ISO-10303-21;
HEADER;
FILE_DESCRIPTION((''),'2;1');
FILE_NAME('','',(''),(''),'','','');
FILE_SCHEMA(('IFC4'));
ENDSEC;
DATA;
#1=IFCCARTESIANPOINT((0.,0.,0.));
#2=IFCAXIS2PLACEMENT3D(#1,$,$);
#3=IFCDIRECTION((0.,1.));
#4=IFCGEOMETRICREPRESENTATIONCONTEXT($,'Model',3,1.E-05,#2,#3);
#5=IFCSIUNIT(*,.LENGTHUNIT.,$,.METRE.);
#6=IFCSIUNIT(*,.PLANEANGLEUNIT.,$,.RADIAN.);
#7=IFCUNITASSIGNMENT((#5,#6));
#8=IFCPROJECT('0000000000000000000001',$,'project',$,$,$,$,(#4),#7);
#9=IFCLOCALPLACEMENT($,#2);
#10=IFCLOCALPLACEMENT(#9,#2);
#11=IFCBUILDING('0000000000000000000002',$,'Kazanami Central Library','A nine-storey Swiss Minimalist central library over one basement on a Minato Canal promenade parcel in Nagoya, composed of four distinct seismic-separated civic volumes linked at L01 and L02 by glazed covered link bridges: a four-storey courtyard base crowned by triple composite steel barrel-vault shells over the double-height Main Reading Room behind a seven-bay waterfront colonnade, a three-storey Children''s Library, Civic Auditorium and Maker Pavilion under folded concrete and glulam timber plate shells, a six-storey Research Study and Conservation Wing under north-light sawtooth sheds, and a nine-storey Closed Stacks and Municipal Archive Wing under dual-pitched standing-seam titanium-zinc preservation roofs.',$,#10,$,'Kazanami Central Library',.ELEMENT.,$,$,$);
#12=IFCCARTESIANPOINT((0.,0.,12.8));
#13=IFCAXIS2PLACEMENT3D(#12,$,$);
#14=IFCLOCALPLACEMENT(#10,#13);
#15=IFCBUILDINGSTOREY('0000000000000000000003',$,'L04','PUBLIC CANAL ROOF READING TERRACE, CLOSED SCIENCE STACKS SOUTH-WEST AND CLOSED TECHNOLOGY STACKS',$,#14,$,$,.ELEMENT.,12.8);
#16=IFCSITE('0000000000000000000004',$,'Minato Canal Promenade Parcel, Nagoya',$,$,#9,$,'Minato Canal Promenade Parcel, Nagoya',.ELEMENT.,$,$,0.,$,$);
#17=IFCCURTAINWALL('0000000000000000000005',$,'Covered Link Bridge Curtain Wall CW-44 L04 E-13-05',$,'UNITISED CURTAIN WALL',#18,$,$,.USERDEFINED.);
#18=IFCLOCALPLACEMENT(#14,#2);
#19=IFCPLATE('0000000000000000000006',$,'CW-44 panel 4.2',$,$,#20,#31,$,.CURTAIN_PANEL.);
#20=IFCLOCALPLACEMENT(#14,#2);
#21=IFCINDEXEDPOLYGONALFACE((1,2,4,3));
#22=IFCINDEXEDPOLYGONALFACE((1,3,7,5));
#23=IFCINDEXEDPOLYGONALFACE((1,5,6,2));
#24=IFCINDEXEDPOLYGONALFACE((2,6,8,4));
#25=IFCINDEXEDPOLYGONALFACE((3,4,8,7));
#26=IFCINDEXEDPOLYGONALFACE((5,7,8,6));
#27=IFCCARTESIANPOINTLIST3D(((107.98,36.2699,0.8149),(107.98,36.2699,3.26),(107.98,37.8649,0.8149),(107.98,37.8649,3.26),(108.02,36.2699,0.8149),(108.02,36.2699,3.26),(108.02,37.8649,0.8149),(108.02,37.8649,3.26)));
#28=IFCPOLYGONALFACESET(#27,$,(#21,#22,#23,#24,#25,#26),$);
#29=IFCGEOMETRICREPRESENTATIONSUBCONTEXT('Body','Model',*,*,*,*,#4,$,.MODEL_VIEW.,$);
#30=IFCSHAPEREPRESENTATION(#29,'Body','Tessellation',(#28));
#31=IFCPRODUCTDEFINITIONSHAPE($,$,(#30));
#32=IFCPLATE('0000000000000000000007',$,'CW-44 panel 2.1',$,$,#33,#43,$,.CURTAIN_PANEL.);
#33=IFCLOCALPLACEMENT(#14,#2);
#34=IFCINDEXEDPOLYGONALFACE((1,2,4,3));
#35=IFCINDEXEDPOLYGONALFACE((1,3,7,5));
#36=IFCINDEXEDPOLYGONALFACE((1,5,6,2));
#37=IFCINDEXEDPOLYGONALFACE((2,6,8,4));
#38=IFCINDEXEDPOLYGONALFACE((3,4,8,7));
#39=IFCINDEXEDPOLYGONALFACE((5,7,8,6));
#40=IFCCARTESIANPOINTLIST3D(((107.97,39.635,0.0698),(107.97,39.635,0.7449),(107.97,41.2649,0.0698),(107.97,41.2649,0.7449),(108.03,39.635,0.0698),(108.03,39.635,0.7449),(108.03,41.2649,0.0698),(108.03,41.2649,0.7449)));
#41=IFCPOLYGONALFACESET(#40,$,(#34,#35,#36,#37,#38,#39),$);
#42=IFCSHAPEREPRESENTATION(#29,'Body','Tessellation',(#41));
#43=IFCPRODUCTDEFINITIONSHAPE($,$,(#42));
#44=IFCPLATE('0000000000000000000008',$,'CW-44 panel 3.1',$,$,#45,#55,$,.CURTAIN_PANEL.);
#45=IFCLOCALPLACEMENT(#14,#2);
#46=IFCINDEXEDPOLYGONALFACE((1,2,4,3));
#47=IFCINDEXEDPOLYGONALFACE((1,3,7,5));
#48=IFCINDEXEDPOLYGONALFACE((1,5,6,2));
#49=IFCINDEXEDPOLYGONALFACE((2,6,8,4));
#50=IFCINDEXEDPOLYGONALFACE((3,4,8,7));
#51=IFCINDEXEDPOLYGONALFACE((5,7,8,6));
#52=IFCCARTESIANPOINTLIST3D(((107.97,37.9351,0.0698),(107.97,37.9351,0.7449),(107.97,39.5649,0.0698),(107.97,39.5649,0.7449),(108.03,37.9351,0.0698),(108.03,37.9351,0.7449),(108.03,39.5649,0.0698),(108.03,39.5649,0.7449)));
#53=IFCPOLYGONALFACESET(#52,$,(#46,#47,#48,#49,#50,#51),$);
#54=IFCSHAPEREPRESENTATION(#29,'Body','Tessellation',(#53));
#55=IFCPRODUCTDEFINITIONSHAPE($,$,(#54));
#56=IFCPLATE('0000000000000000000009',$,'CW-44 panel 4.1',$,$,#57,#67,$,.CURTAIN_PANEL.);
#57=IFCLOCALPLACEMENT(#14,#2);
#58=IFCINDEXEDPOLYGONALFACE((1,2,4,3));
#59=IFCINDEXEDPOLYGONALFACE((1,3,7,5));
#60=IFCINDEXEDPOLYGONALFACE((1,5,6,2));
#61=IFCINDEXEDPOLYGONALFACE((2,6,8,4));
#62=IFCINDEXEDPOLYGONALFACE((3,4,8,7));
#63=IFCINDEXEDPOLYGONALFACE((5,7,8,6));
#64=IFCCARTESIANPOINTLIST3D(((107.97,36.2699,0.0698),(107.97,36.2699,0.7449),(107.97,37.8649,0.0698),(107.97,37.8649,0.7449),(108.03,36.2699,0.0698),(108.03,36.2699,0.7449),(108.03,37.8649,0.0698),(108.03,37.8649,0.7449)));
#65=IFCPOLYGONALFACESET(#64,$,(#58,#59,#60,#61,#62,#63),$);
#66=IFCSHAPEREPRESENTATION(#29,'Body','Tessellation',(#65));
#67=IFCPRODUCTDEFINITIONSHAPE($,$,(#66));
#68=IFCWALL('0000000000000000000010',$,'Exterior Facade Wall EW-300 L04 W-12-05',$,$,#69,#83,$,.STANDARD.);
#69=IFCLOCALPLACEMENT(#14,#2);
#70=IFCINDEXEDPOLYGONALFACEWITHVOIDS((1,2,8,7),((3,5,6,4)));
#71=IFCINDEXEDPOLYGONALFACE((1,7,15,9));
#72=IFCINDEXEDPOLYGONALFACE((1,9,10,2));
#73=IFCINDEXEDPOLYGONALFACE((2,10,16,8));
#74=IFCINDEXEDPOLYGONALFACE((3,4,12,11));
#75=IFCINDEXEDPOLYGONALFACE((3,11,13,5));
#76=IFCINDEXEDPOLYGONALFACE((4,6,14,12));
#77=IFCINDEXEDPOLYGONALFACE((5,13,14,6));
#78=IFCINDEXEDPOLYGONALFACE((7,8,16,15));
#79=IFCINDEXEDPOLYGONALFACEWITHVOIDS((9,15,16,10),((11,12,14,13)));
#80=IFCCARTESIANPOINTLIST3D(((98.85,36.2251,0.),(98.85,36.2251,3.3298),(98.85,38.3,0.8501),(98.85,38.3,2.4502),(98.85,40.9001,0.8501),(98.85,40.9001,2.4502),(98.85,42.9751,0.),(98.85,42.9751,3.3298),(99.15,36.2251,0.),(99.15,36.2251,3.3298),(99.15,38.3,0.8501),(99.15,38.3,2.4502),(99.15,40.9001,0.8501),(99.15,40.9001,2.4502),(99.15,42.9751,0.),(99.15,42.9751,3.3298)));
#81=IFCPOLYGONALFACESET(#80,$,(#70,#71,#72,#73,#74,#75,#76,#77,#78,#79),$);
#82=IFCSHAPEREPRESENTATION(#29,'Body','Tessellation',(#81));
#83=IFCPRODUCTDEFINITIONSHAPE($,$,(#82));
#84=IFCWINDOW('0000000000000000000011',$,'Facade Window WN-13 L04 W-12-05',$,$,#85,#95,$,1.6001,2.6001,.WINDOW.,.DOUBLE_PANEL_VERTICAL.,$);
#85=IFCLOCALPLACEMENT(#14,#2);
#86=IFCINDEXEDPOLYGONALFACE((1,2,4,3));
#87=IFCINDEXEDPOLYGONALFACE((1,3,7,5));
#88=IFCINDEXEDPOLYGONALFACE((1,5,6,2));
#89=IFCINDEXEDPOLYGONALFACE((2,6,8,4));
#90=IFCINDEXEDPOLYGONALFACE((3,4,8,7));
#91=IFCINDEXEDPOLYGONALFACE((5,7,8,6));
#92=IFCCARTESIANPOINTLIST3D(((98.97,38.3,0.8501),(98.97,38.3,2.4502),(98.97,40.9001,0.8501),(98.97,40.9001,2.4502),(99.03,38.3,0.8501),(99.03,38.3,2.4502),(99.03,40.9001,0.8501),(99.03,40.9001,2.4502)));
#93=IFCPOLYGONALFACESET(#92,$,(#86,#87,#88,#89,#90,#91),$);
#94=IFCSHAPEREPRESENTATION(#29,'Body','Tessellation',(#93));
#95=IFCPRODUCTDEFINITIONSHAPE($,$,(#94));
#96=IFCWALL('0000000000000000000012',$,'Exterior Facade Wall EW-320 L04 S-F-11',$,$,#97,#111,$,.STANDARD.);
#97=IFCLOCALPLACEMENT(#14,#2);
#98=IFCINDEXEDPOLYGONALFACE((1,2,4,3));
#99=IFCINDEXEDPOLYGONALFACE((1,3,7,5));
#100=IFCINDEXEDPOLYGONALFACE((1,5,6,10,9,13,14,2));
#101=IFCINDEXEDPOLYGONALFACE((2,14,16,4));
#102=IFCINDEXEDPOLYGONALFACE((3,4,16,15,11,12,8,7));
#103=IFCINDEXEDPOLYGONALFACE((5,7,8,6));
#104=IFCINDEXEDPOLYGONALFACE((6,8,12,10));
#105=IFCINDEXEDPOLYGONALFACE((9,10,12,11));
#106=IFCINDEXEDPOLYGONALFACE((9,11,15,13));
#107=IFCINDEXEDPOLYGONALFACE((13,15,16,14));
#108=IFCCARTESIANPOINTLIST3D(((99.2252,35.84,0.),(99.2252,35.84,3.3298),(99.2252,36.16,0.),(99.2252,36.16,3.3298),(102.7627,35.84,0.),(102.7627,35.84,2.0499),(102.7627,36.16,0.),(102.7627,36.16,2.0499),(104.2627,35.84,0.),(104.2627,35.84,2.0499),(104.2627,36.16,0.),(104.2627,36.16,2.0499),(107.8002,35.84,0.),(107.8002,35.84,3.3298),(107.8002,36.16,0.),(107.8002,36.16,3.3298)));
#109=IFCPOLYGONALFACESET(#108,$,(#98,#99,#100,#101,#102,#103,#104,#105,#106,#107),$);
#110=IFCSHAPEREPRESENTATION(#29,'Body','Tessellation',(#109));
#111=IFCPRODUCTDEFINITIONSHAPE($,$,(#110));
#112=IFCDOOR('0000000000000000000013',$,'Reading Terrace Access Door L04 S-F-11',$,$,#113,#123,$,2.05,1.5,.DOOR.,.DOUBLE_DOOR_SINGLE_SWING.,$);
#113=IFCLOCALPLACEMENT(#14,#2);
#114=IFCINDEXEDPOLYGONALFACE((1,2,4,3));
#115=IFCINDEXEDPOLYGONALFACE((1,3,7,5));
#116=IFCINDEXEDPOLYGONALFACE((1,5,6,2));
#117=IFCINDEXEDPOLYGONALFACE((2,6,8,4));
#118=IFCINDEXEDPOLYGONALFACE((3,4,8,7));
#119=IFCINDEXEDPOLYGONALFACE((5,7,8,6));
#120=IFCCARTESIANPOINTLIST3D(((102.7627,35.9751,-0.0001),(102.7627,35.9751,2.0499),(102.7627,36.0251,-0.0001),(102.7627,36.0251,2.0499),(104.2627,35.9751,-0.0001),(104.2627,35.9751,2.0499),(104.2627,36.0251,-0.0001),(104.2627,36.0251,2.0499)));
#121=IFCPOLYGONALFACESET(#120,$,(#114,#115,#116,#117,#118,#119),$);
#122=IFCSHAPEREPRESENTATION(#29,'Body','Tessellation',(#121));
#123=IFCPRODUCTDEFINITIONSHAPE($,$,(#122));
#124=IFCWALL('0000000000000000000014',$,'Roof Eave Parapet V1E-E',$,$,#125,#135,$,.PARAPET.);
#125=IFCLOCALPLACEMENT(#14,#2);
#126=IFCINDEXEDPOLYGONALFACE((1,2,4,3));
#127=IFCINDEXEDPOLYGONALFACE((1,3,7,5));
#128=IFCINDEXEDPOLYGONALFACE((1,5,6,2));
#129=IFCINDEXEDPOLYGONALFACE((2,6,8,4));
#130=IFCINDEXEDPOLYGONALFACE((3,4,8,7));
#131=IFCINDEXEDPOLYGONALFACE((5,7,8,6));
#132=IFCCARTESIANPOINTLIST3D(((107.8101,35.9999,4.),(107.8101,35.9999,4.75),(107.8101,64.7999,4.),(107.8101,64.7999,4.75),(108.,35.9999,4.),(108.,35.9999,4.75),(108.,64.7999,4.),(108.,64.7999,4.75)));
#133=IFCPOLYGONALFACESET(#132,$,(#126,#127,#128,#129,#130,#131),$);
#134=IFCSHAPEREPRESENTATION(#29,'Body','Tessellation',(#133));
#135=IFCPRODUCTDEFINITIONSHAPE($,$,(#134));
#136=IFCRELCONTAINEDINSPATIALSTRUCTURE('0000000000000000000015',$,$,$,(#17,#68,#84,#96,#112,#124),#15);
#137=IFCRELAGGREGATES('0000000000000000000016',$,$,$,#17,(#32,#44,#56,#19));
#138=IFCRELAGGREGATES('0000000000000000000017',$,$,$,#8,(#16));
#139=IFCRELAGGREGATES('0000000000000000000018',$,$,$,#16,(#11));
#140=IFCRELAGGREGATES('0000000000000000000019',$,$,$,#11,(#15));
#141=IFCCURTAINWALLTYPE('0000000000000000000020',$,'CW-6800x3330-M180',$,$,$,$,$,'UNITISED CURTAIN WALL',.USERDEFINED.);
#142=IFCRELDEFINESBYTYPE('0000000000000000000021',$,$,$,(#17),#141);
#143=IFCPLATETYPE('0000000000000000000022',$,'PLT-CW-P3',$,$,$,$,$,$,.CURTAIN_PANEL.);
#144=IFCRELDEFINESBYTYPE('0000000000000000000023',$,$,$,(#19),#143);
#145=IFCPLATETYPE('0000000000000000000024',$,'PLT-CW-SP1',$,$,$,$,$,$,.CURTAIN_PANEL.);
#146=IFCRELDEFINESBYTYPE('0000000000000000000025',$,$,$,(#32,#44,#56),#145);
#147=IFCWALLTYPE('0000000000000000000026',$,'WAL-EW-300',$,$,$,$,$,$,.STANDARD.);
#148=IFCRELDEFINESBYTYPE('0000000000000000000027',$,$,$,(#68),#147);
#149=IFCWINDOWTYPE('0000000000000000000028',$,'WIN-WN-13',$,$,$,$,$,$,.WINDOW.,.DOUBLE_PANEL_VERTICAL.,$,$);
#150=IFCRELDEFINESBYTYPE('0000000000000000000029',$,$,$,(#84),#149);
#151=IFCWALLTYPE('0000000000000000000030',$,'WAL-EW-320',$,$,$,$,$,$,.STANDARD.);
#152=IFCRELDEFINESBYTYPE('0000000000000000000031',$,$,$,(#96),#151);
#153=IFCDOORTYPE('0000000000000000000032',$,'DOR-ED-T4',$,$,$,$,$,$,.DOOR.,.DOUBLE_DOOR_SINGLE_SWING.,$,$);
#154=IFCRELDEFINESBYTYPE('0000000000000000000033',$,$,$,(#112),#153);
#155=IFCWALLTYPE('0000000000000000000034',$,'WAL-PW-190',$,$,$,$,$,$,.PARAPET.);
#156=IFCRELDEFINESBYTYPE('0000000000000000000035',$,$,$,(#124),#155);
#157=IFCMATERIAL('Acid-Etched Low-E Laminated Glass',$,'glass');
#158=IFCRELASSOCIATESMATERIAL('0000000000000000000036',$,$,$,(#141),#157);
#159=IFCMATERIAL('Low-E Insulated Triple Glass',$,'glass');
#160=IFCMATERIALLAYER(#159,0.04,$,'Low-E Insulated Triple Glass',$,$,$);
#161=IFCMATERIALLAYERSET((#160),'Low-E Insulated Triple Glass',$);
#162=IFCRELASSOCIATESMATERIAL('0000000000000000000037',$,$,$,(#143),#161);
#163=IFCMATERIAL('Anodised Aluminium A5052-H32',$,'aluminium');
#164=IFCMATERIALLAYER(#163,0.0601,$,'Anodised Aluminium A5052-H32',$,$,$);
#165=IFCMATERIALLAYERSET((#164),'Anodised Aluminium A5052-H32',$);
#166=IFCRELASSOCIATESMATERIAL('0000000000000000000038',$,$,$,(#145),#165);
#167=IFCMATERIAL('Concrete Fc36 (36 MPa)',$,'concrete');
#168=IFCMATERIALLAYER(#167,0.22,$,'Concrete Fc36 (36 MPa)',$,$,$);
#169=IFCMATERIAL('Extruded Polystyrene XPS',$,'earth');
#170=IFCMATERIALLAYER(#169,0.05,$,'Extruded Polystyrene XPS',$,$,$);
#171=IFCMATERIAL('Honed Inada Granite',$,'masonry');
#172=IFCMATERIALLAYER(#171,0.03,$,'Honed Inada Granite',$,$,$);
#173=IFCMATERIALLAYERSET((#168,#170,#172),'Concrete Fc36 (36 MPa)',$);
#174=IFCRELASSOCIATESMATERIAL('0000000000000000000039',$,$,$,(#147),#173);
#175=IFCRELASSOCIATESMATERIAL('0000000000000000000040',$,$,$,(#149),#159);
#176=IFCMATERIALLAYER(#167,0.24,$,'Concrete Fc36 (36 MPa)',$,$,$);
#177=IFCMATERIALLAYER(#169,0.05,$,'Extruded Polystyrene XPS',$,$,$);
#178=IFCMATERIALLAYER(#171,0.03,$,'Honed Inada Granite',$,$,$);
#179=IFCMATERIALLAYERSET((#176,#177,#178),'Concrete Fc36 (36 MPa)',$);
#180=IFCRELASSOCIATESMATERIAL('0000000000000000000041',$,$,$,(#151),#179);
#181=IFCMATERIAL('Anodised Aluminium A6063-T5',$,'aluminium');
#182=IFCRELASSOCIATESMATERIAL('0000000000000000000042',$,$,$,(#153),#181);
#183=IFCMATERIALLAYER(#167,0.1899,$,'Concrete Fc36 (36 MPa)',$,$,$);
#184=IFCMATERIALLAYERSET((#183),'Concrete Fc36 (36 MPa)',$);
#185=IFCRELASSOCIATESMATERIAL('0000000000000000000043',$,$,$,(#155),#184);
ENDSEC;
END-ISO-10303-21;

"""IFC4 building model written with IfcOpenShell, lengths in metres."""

from ifc_helpers import new_model, si_unit, direction, frame, frame_2d, origin, origin_2d, place, context, subcontext, project, spatial, rectangle, extrude, material, layer, layer_set, type_object, element, fill, aggregate, save


model = new_model("IFC4")

# Units and contexts
model_context = context("Model", 3, precision=1e-05, world=origin(), true_north=direction((0.0, 1.0)))
body_context = subcontext(model_context, "Body", "Model", "MODEL_VIEW")
ifc_project = project(units=[si_unit("LENGTHUNIT", "METRE"), si_unit("PLANEANGLEUNIT", "RADIAN")], contexts=[model_context])

# Site, building, storey
site_placement = place(None, origin())
site = spatial("IfcSite", under=ifc_project, at=site_placement, Name="Minato Canal Promenade Parcel, Nagoya", LongName="Minato Canal Promenade Parcel, Nagoya", CompositionType="ELEMENT", RefElevation=0.0)
building_placement = place(site_placement, origin())
building = spatial("IfcBuilding", under=site, at=building_placement, Name="Kazanami Central Library", Description="A nine-storey Swiss Minimalist central library over one basement on a Minato Canal promenade parcel in Nagoya, composed of four distinct seismic-separated civic volumes linked at L01 and L02 by glazed covered link bridges: a four-storey courtyard base crowned by triple composite steel barrel-vault shells over the double-height Main Reading Room behind a seven-bay waterfront colonnade, a three-storey Children's Library, Civic Auditorium and Maker Pavilion under folded concrete and glulam timber plate shells, a six-storey Research Study and Conservation Wing under north-light sawtooth sheds, and a nine-storey Closed Stacks and Municipal Archive Wing under dual-pitched standing-seam titanium-zinc preservation roofs.", LongName="Kazanami Central Library", CompositionType="ELEMENT")
storey_placement = place(building_placement, frame((0.0, 0.0, 12.8)))
storey = spatial("IfcBuildingStorey", under=building, at=storey_placement, Name="L04", Description="PUBLIC CANAL ROOF READING TERRACE, CLOSED SCIENCE STACKS SOUTH-WEST AND CLOSED TECHNOLOGY STACKS", CompositionType="ELEMENT", Elevation=12.8)

# Curtain wall, plates
ifc_material_1 = material(Name="Acid-Etched Low-E Laminated Glass", Category="glass")
curtain_wall_type = type_object("IfcCurtainWallType", Name="CW-6800x3330-M180", ElementType="UNITISED CURTAIN WALL", PredefinedType="USERDEFINED", material=ifc_material_1)
curtain_wall_placement = place(storey_placement, origin())
curtain_wall = element("IfcCurtainWall", 1, at=curtain_wall_placement, inside=storey, type_object=curtain_wall_type, Name="Covered Link Bridge Curtain Wall CW-44 L04 E-13-05", ObjectType="UNITISED CURTAIN WALL", PredefinedType="USERDEFINED")
ifc_material_2 = material(Name="Anodised Aluminium A6063-T5", Category="aluminium")
ifc_material_3 = material(Name="Low-E Insulated Triple Glass", Category="glass")
ifc_layer_1 = layer(ifc_material_3, 0.04, Name="Low-E Insulated Triple Glass")
ifc_layer_set_1 = layer_set([ifc_layer_1], Name="Low-E Insulated Triple Glass")
plate_type_1 = type_object("IfcPlateType", Name="PLT-CW-P3", PredefinedType="CURTAIN_PANEL", material=ifc_layer_set_1)
plate_1_placement = place(storey_placement, frame((108.0, 37.0674, 0.8149), z_axis=(0.0, 0.0, 1.0), x_axis=(0.0, -1.0, 0.0)))
plate_1 = element("IfcPlate", 2, at=plate_1_placement, type_object=plate_type_1, Name="CW-44 panel 4.2", PredefinedType="CURTAIN_PANEL", context=body_context, shape_type="SweptSolid", body=[
    extrude(rectangle(XDim=1.595, YDim=0.04, at=origin_2d()), origin(), (0.0, 0.0, 1.0), 2.4451),
])
ifc_material_4 = material(Name="Anodised Aluminium A5052-H32", Category="aluminium")
ifc_layer_2 = layer(ifc_material_4, 0.0601, Name="Anodised Aluminium A5052-H32")
ifc_layer_set_2 = layer_set([ifc_layer_2], Name="Anodised Aluminium A5052-H32")
plate_type_2 = type_object("IfcPlateType", Name="PLT-CW-SP1", PredefinedType="CURTAIN_PANEL", material=ifc_layer_set_2)
plate_2_placement = place(storey_placement, frame((108.0, 40.45, 0.0698), z_axis=(0.0, 0.0, 1.0), x_axis=(0.0, -1.0, 0.0)))
plate_2 = element("IfcPlate", 3, at=plate_2_placement, type_object=plate_type_2, Name="CW-44 panel 2.1", PredefinedType="CURTAIN_PANEL", context=body_context, shape_type="SweptSolid", body=[
    extrude(rectangle(XDim=1.6299, YDim=0.0601, at=origin_2d()), origin(), (0.0, 0.0, 1.0), 0.675),
])
plate_3_placement = place(storey_placement, frame((108.0, 38.75, 0.0698), z_axis=(0.0, 0.0, 1.0), x_axis=(0.0, -1.0, 0.0)))
plate_3 = element("IfcPlate", 4, at=plate_3_placement, type_object=plate_type_2, Name="CW-44 panel 3.1", PredefinedType="CURTAIN_PANEL", context=body_context, shape_type="SweptSolid", body=[
    extrude(rectangle(XDim=1.6299, YDim=0.0601, at=origin_2d()), origin(), (0.0, 0.0, 1.0), 0.675),
])
plate_4_placement = place(storey_placement, frame((108.0, 37.0674, 0.0698), z_axis=(0.0, 0.0, 1.0), x_axis=(0.0, -1.0, 0.0)))
plate_4 = element("IfcPlate", 5, at=plate_4_placement, type_object=plate_type_2, Name="CW-44 panel 4.1", PredefinedType="CURTAIN_PANEL", context=body_context, shape_type="SweptSolid", body=[
    extrude(rectangle(XDim=1.595, YDim=0.0601, at=origin_2d()), origin(), (0.0, 0.0, 1.0), 0.675),
])
aggregate(curtain_wall, [plate_2, plate_3, plate_4, plate_1])

# Wall, opening, window
ifc_material_5 = material(Name="Concrete Fc36 (36 MPa)", Category="concrete")
ifc_layer_3 = layer(ifc_material_5, 0.22, Name="Concrete Fc36 (36 MPa)")
ifc_material_6 = material(Name="Extruded Polystyrene XPS", Category="earth")
ifc_layer_4 = layer(ifc_material_6, 0.05, Name="Extruded Polystyrene XPS")
ifc_material_7 = material(Name="Honed Inada Granite", Category="masonry")
ifc_layer_5 = layer(ifc_material_7, 0.03, Name="Honed Inada Granite")
ifc_layer_set_3 = layer_set([ifc_layer_3, ifc_layer_4, ifc_layer_5], Name="Concrete Fc36 (36 MPa)")
wall_type_1 = type_object("IfcWallType", Name="WAL-EW-300", PredefinedType="STANDARD", material=ifc_layer_set_3)
wall_1_placement = place(storey_placement, frame((99.0, 36.2251, 0.0), z_axis=(0.0, 0.0, 1.0), x_axis=(0.0, 1.0, 0.0)))
wall_1 = element("IfcWall", 6, at=wall_1_placement, inside=storey, type_object=wall_type_1, Name="Exterior Facade Wall EW-300 L04 W-12-05", PredefinedType="STANDARD", context=body_context, shape_type="SweptSolid", body=[
    extrude(rectangle(XDim=6.75, YDim=0.3, at=frame_2d((3.375, 0.0))), origin(), (0.0, 0.0, 1.0), 3.3298),
])
opening_1_placement = place(wall_1_placement, frame((2.075, 0.0, 0.8501)))
opening_1 = element("IfcOpeningElement", 7, at=opening_1_placement, cuts=wall_1, PredefinedType="OPENING", context=body_context, shape_type="SweptSolid", body=[
    extrude(rectangle(XDim=2.6001, YDim=1.6001, at=frame_2d((1.3, 0.8))), frame((0.0, 0.1621, 0.0), z_axis=(0.0, -1.0, 0.0), x_axis=(1.0, 0.0, 0.0)), (0.0, 0.0, 1.0), 0.324),
])
window_type = type_object("IfcWindowType", Name="WIN-WN-13", PartitioningType="DOUBLE_PANEL_VERTICAL", PredefinedType="WINDOW", material=ifc_material_3)
window_placement = place(opening_1_placement, origin())
window = element("IfcWindow", 8, at=window_placement, inside=storey, type_object=window_type, Name="Facade Window WN-13 L04 W-12-05", OverallHeight=1.6001, OverallWidth=2.6001, PartitioningType="DOUBLE_PANEL_VERTICAL", PredefinedType="WINDOW", context=body_context, shape_type="SweptSolid", body=[
    extrude(rectangle(XDim=2.6001, YDim=1.6001, at=frame_2d((1.3, 0.8))), frame((0.0, 0.03, 0.0), z_axis=(0.0, -1.0, 0.0), x_axis=(1.0, 0.0, 0.0)), (0.0, 0.0, 1.0), 0.0601),
])
fill(opening_1, window)

# Wall, opening, door
ifc_layer_6 = layer(ifc_material_5, 0.24, Name="Concrete Fc36 (36 MPa)")
ifc_layer_7 = layer(ifc_material_6, 0.05, Name="Extruded Polystyrene XPS")
ifc_layer_8 = layer(ifc_material_7, 0.03, Name="Honed Inada Granite")
ifc_layer_set_4 = layer_set([ifc_layer_6, ifc_layer_7, ifc_layer_8], Name="Concrete Fc36 (36 MPa)")
wall_type_2 = type_object("IfcWallType", Name="WAL-EW-320", PredefinedType="STANDARD", material=ifc_layer_set_4)
wall_2_placement = place(storey_placement, frame((99.2251, 36.0, 0.0), z_axis=(0.0, 0.0, 1.0), x_axis=(1.0, 0.0, 0.0)))
wall_2 = element("IfcWall", 9, at=wall_2_placement, inside=storey, type_object=wall_type_2, Name="Exterior Facade Wall EW-320 L04 S-F-11", PredefinedType="STANDARD", context=body_context, shape_type="SweptSolid", body=[
    extrude(rectangle(XDim=8.575, YDim=0.3201, at=frame_2d((4.2876, 0.0))), origin(), (0.0, 0.0, 1.0), 3.3298),
])
opening_2_placement = place(wall_2_placement, frame((3.5376, 0.0, 0.0)))
opening_2 = element("IfcOpeningElement", 10, at=opening_2_placement, cuts=wall_2, PredefinedType="OPENING", context=body_context, shape_type="SweptSolid", body=[
    extrude(rectangle(XDim=1.5, YDim=2.05, at=frame_2d((0.75, 1.0249))), frame((0.0, 0.1719, 0.0), z_axis=(0.0, -1.0, 0.0), x_axis=(1.0, 0.0, 0.0)), (0.0, 0.0, 1.0), 0.344),
])
door_type = type_object("IfcDoorType", Name="DOR-ED-T4", OperationType="DOUBLE_DOOR_SINGLE_SWING", PredefinedType="DOOR", material=ifc_material_2)
door_placement = place(opening_2_placement, frame((1.5, 0.0, 0.0), z_axis=(0.0, 0.0, 1.0), x_axis=(-1.0, 0.0, 0.0)))
door = element("IfcDoor", 11, at=door_placement, inside=storey, type_object=door_type, Name="Reading Terrace Access Door L04 S-F-11", OperationType="DOUBLE_DOOR_SINGLE_SWING", OverallHeight=2.05, OverallWidth=1.5, PredefinedType="DOOR", context=body_context, shape_type="SweptSolid", body=[
    extrude(rectangle(XDim=1.5, YDim=2.05, at=frame_2d((0.75, 1.0249))), frame((0.0, 0.0249, 0.0), z_axis=(0.0, -1.0, 0.0), x_axis=(1.0, 0.0, 0.0)), (0.0, 0.0, 1.0), 0.05),
])
fill(opening_2, door)

# Wall
ifc_layer_9 = layer(ifc_material_5, 0.1899, Name="Concrete Fc36 (36 MPa)")
ifc_layer_set_5 = layer_set([ifc_layer_9], Name="Concrete Fc36 (36 MPa)")
wall_type_3 = type_object("IfcWallType", Name="WAL-PW-190", PredefinedType="PARAPET", material=ifc_layer_set_5)
wall_3_placement = place(storey_placement, frame((107.905, 36.0, 4.0), z_axis=(0.0, 0.0, 1.0), x_axis=(0.0, 1.0, 0.0)))
element("IfcWall", 12, at=wall_3_placement, inside=storey, type_object=wall_type_3, Name="Roof Eave Parapet V1E-E", PredefinedType="PARAPET", context=body_context, shape_type="SweptSolid", body=[
    extrude(rectangle(XDim=28.8, YDim=0.1899, at=frame_2d((14.3999, 0.0))), origin(), (0.0, 0.0, 1.0), 0.75),
])

save(model, "model.ifc")
